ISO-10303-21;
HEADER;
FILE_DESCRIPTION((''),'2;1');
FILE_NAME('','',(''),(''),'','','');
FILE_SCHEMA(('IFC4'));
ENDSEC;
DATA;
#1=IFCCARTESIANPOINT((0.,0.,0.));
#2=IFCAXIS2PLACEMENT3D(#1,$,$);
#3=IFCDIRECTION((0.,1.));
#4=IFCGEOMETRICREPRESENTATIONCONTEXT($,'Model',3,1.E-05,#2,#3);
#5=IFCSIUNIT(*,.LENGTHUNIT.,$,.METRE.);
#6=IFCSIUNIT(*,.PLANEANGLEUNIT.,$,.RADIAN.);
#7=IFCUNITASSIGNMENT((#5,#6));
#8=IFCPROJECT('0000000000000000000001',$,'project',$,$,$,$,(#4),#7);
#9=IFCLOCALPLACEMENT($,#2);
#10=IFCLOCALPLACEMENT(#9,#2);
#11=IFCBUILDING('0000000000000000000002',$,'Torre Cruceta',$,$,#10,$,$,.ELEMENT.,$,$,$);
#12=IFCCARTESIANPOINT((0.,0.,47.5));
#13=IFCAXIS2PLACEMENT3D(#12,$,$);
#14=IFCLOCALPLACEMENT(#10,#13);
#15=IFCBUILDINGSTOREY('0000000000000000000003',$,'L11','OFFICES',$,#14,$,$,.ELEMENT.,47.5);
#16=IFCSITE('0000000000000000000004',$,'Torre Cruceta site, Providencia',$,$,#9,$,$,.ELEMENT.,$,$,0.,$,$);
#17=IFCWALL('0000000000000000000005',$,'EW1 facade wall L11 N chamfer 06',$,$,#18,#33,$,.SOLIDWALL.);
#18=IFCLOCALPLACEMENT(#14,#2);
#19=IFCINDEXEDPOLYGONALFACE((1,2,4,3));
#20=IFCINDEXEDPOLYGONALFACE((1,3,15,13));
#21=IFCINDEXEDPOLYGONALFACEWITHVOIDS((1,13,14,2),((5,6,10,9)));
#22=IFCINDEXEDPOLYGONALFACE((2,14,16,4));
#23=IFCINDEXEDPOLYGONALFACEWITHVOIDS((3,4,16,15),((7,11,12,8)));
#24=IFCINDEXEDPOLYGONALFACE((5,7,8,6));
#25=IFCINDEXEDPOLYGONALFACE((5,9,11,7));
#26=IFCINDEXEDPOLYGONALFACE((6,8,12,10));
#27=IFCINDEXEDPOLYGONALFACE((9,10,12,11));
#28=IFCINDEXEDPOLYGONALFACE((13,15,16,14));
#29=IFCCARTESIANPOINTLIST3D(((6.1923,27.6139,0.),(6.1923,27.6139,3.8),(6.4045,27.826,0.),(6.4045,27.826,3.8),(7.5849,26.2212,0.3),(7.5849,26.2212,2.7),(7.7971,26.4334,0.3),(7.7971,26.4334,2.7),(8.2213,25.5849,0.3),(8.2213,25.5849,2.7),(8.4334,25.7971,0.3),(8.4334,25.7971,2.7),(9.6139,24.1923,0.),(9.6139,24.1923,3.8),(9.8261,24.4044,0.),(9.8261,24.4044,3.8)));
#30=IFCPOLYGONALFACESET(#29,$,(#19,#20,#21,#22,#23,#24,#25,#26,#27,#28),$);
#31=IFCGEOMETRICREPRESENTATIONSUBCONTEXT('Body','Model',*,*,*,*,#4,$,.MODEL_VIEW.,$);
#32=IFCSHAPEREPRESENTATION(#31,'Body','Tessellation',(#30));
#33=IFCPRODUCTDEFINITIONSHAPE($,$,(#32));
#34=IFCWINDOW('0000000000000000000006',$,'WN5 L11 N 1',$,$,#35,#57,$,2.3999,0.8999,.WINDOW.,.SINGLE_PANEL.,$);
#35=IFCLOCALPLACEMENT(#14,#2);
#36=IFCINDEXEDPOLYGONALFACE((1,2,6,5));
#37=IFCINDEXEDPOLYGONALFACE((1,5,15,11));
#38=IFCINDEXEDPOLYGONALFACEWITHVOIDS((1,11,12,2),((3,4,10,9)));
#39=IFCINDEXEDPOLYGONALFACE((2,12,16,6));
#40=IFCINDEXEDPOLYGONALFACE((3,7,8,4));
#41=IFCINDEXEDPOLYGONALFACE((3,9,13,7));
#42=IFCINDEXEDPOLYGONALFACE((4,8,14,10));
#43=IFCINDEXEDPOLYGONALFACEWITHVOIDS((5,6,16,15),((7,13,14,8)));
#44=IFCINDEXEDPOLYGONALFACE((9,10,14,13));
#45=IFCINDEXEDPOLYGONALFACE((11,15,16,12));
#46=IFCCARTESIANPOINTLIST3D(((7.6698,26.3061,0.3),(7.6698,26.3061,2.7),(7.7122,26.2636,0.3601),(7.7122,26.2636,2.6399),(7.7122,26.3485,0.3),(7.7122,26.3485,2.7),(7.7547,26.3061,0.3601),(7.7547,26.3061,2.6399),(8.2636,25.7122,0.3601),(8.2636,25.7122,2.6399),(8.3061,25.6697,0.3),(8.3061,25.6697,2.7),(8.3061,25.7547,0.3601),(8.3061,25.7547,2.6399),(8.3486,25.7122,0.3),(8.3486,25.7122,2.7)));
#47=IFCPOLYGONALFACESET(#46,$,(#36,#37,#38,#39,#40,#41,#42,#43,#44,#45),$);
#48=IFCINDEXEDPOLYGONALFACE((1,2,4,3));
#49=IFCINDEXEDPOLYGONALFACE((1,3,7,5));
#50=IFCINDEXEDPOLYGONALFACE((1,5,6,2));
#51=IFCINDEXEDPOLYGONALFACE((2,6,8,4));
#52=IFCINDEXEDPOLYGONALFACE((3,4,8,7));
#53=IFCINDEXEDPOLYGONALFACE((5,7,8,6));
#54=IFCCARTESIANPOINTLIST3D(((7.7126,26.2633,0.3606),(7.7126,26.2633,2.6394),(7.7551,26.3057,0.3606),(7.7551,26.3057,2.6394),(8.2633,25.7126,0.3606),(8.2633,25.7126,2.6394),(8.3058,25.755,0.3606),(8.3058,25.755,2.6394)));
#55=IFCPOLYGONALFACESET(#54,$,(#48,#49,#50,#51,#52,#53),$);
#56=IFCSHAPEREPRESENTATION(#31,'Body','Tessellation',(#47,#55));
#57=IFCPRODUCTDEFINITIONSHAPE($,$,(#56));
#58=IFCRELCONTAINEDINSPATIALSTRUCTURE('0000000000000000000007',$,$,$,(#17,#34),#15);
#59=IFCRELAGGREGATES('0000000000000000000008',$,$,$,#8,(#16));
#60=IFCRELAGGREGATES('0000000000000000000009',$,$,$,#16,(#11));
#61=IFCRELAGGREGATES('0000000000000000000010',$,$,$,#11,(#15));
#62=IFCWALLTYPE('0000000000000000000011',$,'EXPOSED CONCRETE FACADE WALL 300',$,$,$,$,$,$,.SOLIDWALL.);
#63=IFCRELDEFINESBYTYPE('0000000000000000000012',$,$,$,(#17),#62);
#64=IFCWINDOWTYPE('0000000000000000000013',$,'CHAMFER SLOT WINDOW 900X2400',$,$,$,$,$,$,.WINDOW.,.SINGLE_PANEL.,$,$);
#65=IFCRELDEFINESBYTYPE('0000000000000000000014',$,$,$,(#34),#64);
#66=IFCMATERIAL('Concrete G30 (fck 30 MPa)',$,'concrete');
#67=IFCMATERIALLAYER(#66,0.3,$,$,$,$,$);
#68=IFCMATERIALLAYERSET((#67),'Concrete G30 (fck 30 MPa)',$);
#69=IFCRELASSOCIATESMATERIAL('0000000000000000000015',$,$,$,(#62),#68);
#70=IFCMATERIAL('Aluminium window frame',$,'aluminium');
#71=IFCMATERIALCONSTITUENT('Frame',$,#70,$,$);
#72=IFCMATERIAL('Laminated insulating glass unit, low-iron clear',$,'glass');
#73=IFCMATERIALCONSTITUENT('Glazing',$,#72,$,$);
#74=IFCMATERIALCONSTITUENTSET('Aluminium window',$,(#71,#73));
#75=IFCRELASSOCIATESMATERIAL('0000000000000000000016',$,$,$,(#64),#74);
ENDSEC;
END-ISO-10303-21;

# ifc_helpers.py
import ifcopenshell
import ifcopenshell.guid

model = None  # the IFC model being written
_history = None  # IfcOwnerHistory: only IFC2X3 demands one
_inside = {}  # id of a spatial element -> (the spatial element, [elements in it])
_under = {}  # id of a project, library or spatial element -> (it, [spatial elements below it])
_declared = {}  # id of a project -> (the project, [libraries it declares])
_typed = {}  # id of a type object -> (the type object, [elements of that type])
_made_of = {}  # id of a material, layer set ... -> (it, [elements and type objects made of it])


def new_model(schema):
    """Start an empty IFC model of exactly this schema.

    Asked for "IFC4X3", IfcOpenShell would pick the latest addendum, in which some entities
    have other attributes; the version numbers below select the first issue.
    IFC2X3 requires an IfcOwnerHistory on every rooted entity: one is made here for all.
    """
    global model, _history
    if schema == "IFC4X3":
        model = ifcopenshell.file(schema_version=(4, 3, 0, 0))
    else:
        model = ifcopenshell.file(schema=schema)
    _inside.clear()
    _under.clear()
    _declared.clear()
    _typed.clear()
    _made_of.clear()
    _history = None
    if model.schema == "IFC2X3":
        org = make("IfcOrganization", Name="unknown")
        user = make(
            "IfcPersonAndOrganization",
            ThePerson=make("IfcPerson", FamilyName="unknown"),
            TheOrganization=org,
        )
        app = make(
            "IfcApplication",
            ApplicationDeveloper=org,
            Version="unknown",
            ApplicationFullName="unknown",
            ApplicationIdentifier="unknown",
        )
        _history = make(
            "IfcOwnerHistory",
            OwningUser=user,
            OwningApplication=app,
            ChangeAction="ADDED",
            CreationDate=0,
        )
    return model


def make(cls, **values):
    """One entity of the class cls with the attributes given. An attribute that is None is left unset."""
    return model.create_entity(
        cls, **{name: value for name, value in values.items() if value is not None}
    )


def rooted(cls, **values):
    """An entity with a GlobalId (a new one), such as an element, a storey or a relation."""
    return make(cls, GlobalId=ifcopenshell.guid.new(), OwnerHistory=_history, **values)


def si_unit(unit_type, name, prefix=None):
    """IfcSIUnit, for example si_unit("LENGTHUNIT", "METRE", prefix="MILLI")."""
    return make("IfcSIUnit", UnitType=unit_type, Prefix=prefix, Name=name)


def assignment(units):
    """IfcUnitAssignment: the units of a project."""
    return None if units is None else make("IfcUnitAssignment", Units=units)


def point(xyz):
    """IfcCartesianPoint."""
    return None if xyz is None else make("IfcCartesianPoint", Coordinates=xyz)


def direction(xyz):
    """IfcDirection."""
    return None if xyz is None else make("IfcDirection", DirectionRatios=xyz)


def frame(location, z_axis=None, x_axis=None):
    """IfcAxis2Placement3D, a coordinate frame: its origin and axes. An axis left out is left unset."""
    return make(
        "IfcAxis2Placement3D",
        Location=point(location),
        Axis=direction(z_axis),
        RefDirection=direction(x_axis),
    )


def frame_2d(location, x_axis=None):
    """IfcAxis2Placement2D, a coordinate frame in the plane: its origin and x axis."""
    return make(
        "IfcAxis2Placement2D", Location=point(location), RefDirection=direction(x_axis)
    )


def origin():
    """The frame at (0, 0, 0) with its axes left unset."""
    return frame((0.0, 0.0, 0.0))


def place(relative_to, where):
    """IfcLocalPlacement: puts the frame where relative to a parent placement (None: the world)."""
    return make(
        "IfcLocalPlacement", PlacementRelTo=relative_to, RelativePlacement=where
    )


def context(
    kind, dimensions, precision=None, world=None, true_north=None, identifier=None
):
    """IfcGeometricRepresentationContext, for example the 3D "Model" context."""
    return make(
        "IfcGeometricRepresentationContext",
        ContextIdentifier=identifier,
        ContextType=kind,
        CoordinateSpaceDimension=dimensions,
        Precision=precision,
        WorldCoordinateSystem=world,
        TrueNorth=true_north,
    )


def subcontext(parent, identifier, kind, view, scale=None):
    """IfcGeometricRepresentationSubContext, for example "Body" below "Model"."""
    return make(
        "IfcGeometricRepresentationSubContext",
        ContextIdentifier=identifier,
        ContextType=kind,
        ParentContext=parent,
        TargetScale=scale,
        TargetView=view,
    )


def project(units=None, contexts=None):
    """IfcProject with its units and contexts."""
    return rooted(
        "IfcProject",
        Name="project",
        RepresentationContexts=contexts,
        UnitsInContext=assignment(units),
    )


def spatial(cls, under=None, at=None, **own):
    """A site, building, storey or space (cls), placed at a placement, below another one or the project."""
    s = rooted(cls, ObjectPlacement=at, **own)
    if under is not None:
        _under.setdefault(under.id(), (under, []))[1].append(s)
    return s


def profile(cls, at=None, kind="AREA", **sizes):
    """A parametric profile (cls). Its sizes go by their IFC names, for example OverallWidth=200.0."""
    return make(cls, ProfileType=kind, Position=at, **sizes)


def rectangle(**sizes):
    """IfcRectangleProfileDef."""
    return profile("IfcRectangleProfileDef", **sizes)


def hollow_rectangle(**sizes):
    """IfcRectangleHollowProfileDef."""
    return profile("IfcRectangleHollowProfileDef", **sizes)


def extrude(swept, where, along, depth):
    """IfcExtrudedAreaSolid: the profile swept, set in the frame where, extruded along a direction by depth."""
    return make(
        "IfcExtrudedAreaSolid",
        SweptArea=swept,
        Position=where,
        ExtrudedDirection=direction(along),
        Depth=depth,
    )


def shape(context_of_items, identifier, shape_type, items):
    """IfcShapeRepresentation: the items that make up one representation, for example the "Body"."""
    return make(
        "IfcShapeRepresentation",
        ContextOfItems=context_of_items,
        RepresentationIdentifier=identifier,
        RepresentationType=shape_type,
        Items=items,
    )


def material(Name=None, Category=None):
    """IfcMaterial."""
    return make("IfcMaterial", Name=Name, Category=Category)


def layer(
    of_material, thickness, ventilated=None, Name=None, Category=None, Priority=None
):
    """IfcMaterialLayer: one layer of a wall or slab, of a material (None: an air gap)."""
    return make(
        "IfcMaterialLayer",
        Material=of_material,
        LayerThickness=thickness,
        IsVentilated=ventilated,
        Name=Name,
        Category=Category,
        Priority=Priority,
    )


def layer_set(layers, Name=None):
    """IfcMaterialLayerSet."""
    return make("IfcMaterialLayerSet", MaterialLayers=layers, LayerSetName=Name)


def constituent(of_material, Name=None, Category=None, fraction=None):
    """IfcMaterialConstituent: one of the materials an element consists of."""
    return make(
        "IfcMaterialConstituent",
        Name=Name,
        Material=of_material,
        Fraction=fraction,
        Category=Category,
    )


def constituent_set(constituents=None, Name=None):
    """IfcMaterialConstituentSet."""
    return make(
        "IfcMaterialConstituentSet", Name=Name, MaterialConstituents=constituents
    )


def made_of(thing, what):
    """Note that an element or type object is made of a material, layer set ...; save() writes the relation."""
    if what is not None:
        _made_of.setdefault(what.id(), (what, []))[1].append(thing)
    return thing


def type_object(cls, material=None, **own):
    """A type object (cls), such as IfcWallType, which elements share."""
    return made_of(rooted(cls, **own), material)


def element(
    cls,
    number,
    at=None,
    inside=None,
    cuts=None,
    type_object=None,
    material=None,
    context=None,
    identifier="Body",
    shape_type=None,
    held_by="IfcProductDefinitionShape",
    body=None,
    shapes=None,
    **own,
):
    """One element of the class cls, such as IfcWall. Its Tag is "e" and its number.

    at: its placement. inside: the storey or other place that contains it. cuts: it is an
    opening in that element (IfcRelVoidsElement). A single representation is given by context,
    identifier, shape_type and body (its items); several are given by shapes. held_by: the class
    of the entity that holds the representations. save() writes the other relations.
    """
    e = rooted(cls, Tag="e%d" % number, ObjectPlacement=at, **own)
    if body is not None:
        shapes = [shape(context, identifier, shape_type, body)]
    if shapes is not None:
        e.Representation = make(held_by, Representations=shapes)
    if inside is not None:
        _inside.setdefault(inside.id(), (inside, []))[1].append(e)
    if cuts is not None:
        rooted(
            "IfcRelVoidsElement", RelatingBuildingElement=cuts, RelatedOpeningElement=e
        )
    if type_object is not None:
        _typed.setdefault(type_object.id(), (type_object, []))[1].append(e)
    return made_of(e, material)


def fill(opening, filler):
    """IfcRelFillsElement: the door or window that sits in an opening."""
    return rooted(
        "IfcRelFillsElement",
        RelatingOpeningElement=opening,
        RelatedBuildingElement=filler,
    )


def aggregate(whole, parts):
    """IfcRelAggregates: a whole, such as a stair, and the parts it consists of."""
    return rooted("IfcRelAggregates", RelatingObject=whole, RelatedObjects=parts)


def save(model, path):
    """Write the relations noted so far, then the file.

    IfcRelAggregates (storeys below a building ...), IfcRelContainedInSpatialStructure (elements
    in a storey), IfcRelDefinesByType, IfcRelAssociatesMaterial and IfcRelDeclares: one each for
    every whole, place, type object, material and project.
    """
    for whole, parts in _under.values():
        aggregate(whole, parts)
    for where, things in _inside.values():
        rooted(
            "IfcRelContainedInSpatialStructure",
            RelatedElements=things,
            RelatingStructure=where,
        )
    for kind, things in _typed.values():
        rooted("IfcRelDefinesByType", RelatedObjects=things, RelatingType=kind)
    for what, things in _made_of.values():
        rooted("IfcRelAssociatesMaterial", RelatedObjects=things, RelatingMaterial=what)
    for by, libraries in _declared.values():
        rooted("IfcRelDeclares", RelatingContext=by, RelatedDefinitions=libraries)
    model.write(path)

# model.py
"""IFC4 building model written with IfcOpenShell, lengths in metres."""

from ifc_helpers import new_model, si_unit, direction, frame, frame_2d, origin, place, context, subcontext, project, spatial, rectangle, hollow_rectangle, extrude, material, layer, layer_set, constituent, constituent_set, type_object, element, fill, save


model = new_model("IFC4")

# Units and contexts
model_context = context("Model", 3, precision=1e-05, world=origin(), true_north=direction((0.0, 1.0)))
body_context = subcontext(model_context, "Body", "Model", "MODEL_VIEW")
ifc_project = project(units=[si_unit("LENGTHUNIT", "METRE"), si_unit("PLANEANGLEUNIT", "RADIAN")], contexts=[model_context])

# Site, building, storey
site_placement = place(None, origin())
site = spatial("IfcSite", under=ifc_project, at=site_placement, Name="Torre Cruceta site, Providencia", CompositionType="ELEMENT", RefElevation=0.0)
building_placement = place(site_placement, origin())
building = spatial("IfcBuilding", under=site, at=building_placement, Name="Torre Cruceta", CompositionType="ELEMENT")
storey_placement = place(building_placement, frame((0.0, 0.0, 47.5)))
storey = spatial("IfcBuildingStorey", under=building, at=storey_placement, Name="L11", Description="OFFICES", CompositionType="ELEMENT", Elevation=47.5)

# Wall, opening, window
ifc_material_1 = material(Name="Concrete G30 (fck 30 MPa)", Category="concrete")
ifc_layer_1 = layer(ifc_material_1, 0.3)
ifc_layer_set_1 = layer_set([ifc_layer_1], Name="Concrete G30 (fck 30 MPa)")
wall_type = type_object("IfcWallType", Name="EXPOSED CONCRETE FACADE WALL 300", PredefinedType="SOLIDWALL", material=ifc_layer_set_1)
wall_placement = place(storey_placement, frame((9.72, 24.2983, 0.0), z_axis=(0.0, 0.0, 1.0), x_axis=(-0.707107, 0.707107, 0.0)))
wall = element("IfcWall", 1, at=wall_placement, inside=storey, type_object=wall_type, Name="EW1 facade wall L11 N chamfer 06", PredefinedType="SOLIDWALL", context=body_context, shape_type="SweptSolid", body=[
    extrude(rectangle(XDim=4.8389, YDim=0.3, at=frame_2d((2.4194, 0.0))), origin(), (0.0, 0.0, 1.0), 3.8),
])
opening_placement = place(wall_placement, frame((1.9695, 0.0, 0.3)))
opening = element("IfcOpeningElement", 2, at=opening_placement, cuts=wall, PredefinedType="OPENING", context=body_context, shape_type="SweptSolid", body=[
    extrude(rectangle(XDim=0.8999, YDim=2.3999, at=frame_2d((0.45, 1.2))), frame((0.0, 0.1599, 0.0), z_axis=(0.0, -1.0, 0.0), x_axis=(1.0, 0.0, 0.0)), (0.0, 0.0, 1.0), 0.3201),
])
ifc_material_2 = material(Name="Aluminium window frame", Category="aluminium")
ifc_constituent_1 = constituent(ifc_material_2, Name="Frame")
ifc_material_3 = material(Name="Laminated insulating glass unit, low-iron clear", Category="glass")
ifc_constituent_2 = constituent(ifc_material_3, Name="Glazing")
ifc_constituent_set = constituent_set(constituents=[ifc_constituent_1, ifc_constituent_2], Name="Aluminium window")
window_type = type_object("IfcWindowType", Name="CHAMFER SLOT WINDOW 900X2400", PartitioningType="SINGLE_PANEL", PredefinedType="WINDOW", material=ifc_constituent_set)
window_placement = place(opening_placement, origin())
window = element("IfcWindow", 3, at=window_placement, inside=storey, type_object=window_type, Name="WN5 L11 N 1", OverallHeight=2.3999, OverallWidth=0.8999, PartitioningType="SINGLE_PANEL", PredefinedType="WINDOW", context=body_context, shape_type="SweptSolid", body=[
    extrude(hollow_rectangle(XDim=0.8999, YDim=2.3999, WallThickness=0.0601, at=frame_2d((0.45, 1.2))), frame((0.0, 0.03, 0.0), z_axis=(0.0, -1.0, 0.0), x_axis=(1.0, 0.0, 0.0)), (0.0, 0.0, 1.0), 0.0601),
    extrude(rectangle(XDim=0.7788, YDim=2.2788, at=frame_2d((0.45, 1.2))), frame((0.0, 0.03, 0.0), z_axis=(0.0, -1.0, 0.0), x_axis=(1.0, 0.0, 0.0)), (0.0, 0.0, 1.0), 0.0601),
])
fill(opening, window)

save(model, "model.ifc")
